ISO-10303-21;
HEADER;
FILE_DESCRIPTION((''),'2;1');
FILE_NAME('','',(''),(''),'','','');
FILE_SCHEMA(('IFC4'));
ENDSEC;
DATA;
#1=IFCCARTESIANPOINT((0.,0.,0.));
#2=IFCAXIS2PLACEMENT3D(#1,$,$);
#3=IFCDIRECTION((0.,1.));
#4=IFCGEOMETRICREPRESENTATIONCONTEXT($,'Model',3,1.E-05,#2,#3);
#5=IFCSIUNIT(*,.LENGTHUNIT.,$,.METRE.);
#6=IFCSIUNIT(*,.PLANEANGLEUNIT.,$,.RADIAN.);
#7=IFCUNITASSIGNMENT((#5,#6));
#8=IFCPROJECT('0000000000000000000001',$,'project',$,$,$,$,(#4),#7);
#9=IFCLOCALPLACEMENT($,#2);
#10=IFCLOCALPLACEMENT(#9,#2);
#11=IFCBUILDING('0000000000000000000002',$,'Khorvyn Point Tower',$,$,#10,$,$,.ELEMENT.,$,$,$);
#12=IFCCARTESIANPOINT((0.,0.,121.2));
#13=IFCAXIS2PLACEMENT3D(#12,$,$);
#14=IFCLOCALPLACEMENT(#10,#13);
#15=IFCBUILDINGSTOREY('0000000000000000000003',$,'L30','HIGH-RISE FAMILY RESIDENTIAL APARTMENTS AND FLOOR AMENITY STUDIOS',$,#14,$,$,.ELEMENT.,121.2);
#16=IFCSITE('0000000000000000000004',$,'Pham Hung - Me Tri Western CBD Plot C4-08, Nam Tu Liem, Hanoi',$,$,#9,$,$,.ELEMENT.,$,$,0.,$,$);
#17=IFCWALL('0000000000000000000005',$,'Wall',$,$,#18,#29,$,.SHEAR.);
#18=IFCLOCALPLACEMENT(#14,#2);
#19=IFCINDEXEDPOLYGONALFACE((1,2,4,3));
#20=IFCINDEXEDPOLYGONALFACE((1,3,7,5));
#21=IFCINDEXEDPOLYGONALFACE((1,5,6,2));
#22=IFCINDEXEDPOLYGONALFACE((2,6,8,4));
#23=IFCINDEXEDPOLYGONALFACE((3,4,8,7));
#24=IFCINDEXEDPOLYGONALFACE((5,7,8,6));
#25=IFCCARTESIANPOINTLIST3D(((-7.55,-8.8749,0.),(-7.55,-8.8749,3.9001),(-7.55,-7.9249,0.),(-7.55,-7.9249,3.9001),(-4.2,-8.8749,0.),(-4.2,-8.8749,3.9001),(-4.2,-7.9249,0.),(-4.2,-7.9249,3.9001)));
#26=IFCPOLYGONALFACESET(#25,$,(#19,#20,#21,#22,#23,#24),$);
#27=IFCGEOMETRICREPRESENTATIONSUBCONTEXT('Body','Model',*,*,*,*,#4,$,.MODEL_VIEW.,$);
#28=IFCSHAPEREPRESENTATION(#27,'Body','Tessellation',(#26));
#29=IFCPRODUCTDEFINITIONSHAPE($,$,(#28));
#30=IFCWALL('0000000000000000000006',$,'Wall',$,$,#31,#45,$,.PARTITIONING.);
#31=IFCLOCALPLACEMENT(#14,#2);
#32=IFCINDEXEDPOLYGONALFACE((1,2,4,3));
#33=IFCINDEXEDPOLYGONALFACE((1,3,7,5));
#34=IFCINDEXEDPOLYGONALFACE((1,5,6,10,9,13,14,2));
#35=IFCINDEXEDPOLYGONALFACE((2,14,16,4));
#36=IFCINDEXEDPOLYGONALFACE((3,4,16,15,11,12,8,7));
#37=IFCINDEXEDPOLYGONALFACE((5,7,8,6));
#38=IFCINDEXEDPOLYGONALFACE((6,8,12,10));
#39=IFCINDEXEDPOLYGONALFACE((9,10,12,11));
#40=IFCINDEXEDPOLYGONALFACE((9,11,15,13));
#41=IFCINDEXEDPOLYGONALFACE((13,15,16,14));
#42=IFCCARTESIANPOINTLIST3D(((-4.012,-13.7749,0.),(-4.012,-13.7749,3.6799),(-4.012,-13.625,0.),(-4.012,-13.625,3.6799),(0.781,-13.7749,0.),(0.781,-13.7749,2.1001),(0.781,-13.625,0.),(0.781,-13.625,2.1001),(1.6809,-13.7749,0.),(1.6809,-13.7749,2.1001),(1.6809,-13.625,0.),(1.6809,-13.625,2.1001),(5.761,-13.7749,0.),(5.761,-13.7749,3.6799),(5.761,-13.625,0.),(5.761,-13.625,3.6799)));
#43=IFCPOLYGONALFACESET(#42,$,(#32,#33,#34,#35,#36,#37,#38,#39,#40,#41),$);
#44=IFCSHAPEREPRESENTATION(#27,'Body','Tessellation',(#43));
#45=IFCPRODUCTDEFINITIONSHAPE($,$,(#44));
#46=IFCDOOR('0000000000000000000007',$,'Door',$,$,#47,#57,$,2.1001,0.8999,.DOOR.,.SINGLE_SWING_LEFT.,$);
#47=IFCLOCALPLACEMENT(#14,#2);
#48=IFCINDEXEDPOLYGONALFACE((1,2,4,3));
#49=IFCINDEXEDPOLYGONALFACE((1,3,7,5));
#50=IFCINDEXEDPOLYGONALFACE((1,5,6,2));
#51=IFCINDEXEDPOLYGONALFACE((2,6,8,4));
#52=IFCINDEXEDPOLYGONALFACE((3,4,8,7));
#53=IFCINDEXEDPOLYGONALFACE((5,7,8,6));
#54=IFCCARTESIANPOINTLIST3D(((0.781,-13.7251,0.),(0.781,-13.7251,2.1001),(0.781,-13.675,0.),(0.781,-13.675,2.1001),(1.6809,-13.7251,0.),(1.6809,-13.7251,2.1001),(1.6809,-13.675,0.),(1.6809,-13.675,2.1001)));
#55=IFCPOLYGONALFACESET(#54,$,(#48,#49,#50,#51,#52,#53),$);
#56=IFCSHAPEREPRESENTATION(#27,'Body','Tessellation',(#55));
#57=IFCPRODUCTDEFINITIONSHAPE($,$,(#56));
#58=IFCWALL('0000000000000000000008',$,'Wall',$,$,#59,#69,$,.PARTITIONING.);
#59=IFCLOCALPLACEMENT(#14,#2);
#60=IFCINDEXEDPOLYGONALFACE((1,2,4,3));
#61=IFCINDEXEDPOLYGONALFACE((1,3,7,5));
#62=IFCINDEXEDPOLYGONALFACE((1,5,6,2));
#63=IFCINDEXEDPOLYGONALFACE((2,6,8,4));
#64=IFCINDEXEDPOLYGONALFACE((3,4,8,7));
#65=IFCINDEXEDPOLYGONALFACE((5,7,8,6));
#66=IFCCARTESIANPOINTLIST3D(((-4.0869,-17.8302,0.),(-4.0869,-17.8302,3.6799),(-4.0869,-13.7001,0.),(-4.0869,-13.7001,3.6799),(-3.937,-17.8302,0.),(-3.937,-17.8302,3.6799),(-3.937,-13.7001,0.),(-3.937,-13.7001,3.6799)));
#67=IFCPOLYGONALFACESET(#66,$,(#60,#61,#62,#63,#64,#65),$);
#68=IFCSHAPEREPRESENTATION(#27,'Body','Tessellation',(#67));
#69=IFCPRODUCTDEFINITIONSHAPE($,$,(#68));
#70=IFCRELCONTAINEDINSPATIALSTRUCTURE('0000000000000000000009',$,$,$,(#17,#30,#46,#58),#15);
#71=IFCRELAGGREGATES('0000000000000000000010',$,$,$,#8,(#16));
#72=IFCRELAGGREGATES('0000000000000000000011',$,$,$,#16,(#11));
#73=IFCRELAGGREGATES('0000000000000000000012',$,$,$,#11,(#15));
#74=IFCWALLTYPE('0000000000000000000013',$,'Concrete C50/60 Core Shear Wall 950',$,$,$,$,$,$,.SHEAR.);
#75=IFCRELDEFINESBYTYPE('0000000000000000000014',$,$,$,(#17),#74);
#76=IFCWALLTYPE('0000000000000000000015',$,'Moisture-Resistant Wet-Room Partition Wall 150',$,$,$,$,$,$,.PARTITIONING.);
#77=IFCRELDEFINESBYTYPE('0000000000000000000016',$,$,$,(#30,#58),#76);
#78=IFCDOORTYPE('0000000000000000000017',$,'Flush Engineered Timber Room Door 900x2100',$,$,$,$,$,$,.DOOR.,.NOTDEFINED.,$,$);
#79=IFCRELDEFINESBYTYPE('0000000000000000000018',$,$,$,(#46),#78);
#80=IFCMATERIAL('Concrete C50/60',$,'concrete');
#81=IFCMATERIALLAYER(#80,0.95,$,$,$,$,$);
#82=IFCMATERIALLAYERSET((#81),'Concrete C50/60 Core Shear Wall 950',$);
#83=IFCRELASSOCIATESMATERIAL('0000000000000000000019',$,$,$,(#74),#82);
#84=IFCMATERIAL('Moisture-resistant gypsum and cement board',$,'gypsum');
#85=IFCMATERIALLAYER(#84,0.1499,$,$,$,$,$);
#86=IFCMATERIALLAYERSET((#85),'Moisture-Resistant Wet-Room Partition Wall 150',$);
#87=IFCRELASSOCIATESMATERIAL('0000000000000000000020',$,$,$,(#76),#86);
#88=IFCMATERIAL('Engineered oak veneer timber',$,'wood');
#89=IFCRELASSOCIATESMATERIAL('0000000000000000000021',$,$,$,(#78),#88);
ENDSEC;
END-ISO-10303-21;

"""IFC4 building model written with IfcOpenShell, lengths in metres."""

from ifc_helpers import new_model, si_unit, direction, frame, frame_2d, origin, place, context, subcontext, project, spatial, rectangle, extrude, material, layer, layer_set, type_object, element, fill, save


model = new_model("IFC4")

# Units and contexts
model_context = context("Model", 3, precision=1e-05, world=origin(), true_north=direction((0.0, 1.0)))
body_context = subcontext(model_context, "Body", "Model", "MODEL_VIEW")
ifc_project = project(units=[si_unit("LENGTHUNIT", "METRE"), si_unit("PLANEANGLEUNIT", "RADIAN")], contexts=[model_context])

# Site, building, storey
site_placement = place(None, origin())
site = spatial("IfcSite", under=ifc_project, at=site_placement, Name="Pham Hung - Me Tri Western CBD Plot C4-08, Nam Tu Liem, Hanoi", CompositionType="ELEMENT", RefElevation=0.0)
building_placement = place(site_placement, origin())
building = spatial("IfcBuilding", under=site, at=building_placement, Name="Khorvyn Point Tower", CompositionType="ELEMENT")
storey_placement = place(building_placement, frame((0.0, 0.0, 121.2)))
storey = spatial("IfcBuildingStorey", under=building, at=storey_placement, Name="L30", Description="HIGH-RISE FAMILY RESIDENTIAL APARTMENTS AND FLOOR AMENITY STUDIOS", CompositionType="ELEMENT", Elevation=121.2)

# Shared definitions
ifc_material_1 = material(Name="Concrete C50/60", Category="concrete")

# Wall
ifc_layer_1 = layer(ifc_material_1, 0.95)
ifc_layer_set_1 = layer_set([ifc_layer_1], Name="Concrete C50/60 Core Shear Wall 950")
wall_type_1 = type_object("IfcWallType", Name="Concrete C50/60 Core Shear Wall 950", PredefinedType="SHEAR", material=ifc_layer_set_1)
wall_1_placement = place(storey_placement, frame((-7.55, -8.3999, 0.0), z_axis=(0.0, 0.0, 1.0), x_axis=(1.0, 0.0, 0.0)))
element("IfcWall", 1, at=wall_1_placement, inside=storey, type_object=wall_type_1, Name="Wall", PredefinedType="SHEAR", context=body_context, shape_type="SweptSolid", body=[
    extrude(rectangle(XDim=3.3501, YDim=0.95, at=frame_2d((1.675, 0.0))), origin(), (0.0, 0.0, 1.0), 3.9001),
])

# Wall, opening, door
ifc_material_2 = material(Name="Moisture-resistant gypsum and cement board", Category="gypsum")
ifc_layer_2 = layer(ifc_material_2, 0.1499)
ifc_layer_set_2 = layer_set([ifc_layer_2], Name="Moisture-Resistant Wet-Room Partition Wall 150")
wall_type_2 = type_object("IfcWallType", Name="Moisture-Resistant Wet-Room Partition Wall 150", PredefinedType="PARTITIONING", material=ifc_layer_set_2)
wall_2_placement = place(storey_placement, frame((-4.012, -13.7, 0.0), z_axis=(0.0, 0.0, 1.0), x_axis=(1.0, 0.0, 0.0)))
wall_2 = element("IfcWall", 2, at=wall_2_placement, inside=storey, type_object=wall_type_2, Name="Wall", PredefinedType="PARTITIONING", context=body_context, shape_type="SweptSolid", body=[
    extrude(rectangle(XDim=9.7729, YDim=0.1499, at=frame_2d((4.8865, 0.0))), origin(), (0.0, 0.0, 1.0), 3.6799),
])
opening_1_placement = place(wall_2_placement, frame((4.793, 0.0, 0.0)))
opening_1 = element("IfcOpeningElement", 3, at=opening_1_placement, cuts=wall_2, PredefinedType="OPENING", context=body_context, shape_type="SweptSolid", body=[
    extrude(rectangle(XDim=0.8999, YDim=2.1001, at=frame_2d((0.45, 1.05))), frame((0.0, 0.085, 0.0), z_axis=(0.0, -1.0, 0.0), x_axis=(1.0, 0.0, 0.0)), (0.0, 0.0, 1.0), 0.1699),
])
ifc_material_3 = material(Name="Engineered oak veneer timber", Category="wood")
door_type_1 = type_object("IfcDoorType", Name="Flush Engineered Timber Room Door 900x2100", OperationType="NOTDEFINED", PredefinedType="DOOR", material=ifc_material_3)
door_1_placement = place(opening_1_placement, origin())
door_1 = element("IfcDoor", 4, at=door_1_placement, inside=storey, type_object=door_type_1, Name="Door", OperationType="SINGLE_SWING_LEFT", OverallHeight=2.1001, OverallWidth=0.8999, PredefinedType="DOOR", context=body_context, shape_type="SweptSolid", body=[
    extrude(rectangle(XDim=0.8999, YDim=2.1001, at=frame_2d((0.45, 1.05))), frame((0.0, 0.0249, 0.0), z_axis=(0.0, -1.0, 0.0), x_axis=(1.0, 0.0, 0.0)), (0.0, 0.0, 1.0), 0.05),
])
fill(opening_1, door_1)

# Wall
wall_3_placement = place(storey_placement, frame((-4.012, -17.8301, 0.0), z_axis=(0.0, 0.0, 1.0), x_axis=(0.0, 1.0, 0.0)))
element("IfcWall", 5, at=wall_3_placement, inside=storey, type_object=wall_type_2, Name="Wall", PredefinedType="PARTITIONING", context=body_context, shape_type="SweptSolid", body=[
    extrude(rectangle(XDim=4.1301, YDim=0.1499, at=frame_2d((2.0649, 0.0))), origin(), (0.0, 0.0, 1.0), 3.6799),
])

save(model, "model.ifc")
